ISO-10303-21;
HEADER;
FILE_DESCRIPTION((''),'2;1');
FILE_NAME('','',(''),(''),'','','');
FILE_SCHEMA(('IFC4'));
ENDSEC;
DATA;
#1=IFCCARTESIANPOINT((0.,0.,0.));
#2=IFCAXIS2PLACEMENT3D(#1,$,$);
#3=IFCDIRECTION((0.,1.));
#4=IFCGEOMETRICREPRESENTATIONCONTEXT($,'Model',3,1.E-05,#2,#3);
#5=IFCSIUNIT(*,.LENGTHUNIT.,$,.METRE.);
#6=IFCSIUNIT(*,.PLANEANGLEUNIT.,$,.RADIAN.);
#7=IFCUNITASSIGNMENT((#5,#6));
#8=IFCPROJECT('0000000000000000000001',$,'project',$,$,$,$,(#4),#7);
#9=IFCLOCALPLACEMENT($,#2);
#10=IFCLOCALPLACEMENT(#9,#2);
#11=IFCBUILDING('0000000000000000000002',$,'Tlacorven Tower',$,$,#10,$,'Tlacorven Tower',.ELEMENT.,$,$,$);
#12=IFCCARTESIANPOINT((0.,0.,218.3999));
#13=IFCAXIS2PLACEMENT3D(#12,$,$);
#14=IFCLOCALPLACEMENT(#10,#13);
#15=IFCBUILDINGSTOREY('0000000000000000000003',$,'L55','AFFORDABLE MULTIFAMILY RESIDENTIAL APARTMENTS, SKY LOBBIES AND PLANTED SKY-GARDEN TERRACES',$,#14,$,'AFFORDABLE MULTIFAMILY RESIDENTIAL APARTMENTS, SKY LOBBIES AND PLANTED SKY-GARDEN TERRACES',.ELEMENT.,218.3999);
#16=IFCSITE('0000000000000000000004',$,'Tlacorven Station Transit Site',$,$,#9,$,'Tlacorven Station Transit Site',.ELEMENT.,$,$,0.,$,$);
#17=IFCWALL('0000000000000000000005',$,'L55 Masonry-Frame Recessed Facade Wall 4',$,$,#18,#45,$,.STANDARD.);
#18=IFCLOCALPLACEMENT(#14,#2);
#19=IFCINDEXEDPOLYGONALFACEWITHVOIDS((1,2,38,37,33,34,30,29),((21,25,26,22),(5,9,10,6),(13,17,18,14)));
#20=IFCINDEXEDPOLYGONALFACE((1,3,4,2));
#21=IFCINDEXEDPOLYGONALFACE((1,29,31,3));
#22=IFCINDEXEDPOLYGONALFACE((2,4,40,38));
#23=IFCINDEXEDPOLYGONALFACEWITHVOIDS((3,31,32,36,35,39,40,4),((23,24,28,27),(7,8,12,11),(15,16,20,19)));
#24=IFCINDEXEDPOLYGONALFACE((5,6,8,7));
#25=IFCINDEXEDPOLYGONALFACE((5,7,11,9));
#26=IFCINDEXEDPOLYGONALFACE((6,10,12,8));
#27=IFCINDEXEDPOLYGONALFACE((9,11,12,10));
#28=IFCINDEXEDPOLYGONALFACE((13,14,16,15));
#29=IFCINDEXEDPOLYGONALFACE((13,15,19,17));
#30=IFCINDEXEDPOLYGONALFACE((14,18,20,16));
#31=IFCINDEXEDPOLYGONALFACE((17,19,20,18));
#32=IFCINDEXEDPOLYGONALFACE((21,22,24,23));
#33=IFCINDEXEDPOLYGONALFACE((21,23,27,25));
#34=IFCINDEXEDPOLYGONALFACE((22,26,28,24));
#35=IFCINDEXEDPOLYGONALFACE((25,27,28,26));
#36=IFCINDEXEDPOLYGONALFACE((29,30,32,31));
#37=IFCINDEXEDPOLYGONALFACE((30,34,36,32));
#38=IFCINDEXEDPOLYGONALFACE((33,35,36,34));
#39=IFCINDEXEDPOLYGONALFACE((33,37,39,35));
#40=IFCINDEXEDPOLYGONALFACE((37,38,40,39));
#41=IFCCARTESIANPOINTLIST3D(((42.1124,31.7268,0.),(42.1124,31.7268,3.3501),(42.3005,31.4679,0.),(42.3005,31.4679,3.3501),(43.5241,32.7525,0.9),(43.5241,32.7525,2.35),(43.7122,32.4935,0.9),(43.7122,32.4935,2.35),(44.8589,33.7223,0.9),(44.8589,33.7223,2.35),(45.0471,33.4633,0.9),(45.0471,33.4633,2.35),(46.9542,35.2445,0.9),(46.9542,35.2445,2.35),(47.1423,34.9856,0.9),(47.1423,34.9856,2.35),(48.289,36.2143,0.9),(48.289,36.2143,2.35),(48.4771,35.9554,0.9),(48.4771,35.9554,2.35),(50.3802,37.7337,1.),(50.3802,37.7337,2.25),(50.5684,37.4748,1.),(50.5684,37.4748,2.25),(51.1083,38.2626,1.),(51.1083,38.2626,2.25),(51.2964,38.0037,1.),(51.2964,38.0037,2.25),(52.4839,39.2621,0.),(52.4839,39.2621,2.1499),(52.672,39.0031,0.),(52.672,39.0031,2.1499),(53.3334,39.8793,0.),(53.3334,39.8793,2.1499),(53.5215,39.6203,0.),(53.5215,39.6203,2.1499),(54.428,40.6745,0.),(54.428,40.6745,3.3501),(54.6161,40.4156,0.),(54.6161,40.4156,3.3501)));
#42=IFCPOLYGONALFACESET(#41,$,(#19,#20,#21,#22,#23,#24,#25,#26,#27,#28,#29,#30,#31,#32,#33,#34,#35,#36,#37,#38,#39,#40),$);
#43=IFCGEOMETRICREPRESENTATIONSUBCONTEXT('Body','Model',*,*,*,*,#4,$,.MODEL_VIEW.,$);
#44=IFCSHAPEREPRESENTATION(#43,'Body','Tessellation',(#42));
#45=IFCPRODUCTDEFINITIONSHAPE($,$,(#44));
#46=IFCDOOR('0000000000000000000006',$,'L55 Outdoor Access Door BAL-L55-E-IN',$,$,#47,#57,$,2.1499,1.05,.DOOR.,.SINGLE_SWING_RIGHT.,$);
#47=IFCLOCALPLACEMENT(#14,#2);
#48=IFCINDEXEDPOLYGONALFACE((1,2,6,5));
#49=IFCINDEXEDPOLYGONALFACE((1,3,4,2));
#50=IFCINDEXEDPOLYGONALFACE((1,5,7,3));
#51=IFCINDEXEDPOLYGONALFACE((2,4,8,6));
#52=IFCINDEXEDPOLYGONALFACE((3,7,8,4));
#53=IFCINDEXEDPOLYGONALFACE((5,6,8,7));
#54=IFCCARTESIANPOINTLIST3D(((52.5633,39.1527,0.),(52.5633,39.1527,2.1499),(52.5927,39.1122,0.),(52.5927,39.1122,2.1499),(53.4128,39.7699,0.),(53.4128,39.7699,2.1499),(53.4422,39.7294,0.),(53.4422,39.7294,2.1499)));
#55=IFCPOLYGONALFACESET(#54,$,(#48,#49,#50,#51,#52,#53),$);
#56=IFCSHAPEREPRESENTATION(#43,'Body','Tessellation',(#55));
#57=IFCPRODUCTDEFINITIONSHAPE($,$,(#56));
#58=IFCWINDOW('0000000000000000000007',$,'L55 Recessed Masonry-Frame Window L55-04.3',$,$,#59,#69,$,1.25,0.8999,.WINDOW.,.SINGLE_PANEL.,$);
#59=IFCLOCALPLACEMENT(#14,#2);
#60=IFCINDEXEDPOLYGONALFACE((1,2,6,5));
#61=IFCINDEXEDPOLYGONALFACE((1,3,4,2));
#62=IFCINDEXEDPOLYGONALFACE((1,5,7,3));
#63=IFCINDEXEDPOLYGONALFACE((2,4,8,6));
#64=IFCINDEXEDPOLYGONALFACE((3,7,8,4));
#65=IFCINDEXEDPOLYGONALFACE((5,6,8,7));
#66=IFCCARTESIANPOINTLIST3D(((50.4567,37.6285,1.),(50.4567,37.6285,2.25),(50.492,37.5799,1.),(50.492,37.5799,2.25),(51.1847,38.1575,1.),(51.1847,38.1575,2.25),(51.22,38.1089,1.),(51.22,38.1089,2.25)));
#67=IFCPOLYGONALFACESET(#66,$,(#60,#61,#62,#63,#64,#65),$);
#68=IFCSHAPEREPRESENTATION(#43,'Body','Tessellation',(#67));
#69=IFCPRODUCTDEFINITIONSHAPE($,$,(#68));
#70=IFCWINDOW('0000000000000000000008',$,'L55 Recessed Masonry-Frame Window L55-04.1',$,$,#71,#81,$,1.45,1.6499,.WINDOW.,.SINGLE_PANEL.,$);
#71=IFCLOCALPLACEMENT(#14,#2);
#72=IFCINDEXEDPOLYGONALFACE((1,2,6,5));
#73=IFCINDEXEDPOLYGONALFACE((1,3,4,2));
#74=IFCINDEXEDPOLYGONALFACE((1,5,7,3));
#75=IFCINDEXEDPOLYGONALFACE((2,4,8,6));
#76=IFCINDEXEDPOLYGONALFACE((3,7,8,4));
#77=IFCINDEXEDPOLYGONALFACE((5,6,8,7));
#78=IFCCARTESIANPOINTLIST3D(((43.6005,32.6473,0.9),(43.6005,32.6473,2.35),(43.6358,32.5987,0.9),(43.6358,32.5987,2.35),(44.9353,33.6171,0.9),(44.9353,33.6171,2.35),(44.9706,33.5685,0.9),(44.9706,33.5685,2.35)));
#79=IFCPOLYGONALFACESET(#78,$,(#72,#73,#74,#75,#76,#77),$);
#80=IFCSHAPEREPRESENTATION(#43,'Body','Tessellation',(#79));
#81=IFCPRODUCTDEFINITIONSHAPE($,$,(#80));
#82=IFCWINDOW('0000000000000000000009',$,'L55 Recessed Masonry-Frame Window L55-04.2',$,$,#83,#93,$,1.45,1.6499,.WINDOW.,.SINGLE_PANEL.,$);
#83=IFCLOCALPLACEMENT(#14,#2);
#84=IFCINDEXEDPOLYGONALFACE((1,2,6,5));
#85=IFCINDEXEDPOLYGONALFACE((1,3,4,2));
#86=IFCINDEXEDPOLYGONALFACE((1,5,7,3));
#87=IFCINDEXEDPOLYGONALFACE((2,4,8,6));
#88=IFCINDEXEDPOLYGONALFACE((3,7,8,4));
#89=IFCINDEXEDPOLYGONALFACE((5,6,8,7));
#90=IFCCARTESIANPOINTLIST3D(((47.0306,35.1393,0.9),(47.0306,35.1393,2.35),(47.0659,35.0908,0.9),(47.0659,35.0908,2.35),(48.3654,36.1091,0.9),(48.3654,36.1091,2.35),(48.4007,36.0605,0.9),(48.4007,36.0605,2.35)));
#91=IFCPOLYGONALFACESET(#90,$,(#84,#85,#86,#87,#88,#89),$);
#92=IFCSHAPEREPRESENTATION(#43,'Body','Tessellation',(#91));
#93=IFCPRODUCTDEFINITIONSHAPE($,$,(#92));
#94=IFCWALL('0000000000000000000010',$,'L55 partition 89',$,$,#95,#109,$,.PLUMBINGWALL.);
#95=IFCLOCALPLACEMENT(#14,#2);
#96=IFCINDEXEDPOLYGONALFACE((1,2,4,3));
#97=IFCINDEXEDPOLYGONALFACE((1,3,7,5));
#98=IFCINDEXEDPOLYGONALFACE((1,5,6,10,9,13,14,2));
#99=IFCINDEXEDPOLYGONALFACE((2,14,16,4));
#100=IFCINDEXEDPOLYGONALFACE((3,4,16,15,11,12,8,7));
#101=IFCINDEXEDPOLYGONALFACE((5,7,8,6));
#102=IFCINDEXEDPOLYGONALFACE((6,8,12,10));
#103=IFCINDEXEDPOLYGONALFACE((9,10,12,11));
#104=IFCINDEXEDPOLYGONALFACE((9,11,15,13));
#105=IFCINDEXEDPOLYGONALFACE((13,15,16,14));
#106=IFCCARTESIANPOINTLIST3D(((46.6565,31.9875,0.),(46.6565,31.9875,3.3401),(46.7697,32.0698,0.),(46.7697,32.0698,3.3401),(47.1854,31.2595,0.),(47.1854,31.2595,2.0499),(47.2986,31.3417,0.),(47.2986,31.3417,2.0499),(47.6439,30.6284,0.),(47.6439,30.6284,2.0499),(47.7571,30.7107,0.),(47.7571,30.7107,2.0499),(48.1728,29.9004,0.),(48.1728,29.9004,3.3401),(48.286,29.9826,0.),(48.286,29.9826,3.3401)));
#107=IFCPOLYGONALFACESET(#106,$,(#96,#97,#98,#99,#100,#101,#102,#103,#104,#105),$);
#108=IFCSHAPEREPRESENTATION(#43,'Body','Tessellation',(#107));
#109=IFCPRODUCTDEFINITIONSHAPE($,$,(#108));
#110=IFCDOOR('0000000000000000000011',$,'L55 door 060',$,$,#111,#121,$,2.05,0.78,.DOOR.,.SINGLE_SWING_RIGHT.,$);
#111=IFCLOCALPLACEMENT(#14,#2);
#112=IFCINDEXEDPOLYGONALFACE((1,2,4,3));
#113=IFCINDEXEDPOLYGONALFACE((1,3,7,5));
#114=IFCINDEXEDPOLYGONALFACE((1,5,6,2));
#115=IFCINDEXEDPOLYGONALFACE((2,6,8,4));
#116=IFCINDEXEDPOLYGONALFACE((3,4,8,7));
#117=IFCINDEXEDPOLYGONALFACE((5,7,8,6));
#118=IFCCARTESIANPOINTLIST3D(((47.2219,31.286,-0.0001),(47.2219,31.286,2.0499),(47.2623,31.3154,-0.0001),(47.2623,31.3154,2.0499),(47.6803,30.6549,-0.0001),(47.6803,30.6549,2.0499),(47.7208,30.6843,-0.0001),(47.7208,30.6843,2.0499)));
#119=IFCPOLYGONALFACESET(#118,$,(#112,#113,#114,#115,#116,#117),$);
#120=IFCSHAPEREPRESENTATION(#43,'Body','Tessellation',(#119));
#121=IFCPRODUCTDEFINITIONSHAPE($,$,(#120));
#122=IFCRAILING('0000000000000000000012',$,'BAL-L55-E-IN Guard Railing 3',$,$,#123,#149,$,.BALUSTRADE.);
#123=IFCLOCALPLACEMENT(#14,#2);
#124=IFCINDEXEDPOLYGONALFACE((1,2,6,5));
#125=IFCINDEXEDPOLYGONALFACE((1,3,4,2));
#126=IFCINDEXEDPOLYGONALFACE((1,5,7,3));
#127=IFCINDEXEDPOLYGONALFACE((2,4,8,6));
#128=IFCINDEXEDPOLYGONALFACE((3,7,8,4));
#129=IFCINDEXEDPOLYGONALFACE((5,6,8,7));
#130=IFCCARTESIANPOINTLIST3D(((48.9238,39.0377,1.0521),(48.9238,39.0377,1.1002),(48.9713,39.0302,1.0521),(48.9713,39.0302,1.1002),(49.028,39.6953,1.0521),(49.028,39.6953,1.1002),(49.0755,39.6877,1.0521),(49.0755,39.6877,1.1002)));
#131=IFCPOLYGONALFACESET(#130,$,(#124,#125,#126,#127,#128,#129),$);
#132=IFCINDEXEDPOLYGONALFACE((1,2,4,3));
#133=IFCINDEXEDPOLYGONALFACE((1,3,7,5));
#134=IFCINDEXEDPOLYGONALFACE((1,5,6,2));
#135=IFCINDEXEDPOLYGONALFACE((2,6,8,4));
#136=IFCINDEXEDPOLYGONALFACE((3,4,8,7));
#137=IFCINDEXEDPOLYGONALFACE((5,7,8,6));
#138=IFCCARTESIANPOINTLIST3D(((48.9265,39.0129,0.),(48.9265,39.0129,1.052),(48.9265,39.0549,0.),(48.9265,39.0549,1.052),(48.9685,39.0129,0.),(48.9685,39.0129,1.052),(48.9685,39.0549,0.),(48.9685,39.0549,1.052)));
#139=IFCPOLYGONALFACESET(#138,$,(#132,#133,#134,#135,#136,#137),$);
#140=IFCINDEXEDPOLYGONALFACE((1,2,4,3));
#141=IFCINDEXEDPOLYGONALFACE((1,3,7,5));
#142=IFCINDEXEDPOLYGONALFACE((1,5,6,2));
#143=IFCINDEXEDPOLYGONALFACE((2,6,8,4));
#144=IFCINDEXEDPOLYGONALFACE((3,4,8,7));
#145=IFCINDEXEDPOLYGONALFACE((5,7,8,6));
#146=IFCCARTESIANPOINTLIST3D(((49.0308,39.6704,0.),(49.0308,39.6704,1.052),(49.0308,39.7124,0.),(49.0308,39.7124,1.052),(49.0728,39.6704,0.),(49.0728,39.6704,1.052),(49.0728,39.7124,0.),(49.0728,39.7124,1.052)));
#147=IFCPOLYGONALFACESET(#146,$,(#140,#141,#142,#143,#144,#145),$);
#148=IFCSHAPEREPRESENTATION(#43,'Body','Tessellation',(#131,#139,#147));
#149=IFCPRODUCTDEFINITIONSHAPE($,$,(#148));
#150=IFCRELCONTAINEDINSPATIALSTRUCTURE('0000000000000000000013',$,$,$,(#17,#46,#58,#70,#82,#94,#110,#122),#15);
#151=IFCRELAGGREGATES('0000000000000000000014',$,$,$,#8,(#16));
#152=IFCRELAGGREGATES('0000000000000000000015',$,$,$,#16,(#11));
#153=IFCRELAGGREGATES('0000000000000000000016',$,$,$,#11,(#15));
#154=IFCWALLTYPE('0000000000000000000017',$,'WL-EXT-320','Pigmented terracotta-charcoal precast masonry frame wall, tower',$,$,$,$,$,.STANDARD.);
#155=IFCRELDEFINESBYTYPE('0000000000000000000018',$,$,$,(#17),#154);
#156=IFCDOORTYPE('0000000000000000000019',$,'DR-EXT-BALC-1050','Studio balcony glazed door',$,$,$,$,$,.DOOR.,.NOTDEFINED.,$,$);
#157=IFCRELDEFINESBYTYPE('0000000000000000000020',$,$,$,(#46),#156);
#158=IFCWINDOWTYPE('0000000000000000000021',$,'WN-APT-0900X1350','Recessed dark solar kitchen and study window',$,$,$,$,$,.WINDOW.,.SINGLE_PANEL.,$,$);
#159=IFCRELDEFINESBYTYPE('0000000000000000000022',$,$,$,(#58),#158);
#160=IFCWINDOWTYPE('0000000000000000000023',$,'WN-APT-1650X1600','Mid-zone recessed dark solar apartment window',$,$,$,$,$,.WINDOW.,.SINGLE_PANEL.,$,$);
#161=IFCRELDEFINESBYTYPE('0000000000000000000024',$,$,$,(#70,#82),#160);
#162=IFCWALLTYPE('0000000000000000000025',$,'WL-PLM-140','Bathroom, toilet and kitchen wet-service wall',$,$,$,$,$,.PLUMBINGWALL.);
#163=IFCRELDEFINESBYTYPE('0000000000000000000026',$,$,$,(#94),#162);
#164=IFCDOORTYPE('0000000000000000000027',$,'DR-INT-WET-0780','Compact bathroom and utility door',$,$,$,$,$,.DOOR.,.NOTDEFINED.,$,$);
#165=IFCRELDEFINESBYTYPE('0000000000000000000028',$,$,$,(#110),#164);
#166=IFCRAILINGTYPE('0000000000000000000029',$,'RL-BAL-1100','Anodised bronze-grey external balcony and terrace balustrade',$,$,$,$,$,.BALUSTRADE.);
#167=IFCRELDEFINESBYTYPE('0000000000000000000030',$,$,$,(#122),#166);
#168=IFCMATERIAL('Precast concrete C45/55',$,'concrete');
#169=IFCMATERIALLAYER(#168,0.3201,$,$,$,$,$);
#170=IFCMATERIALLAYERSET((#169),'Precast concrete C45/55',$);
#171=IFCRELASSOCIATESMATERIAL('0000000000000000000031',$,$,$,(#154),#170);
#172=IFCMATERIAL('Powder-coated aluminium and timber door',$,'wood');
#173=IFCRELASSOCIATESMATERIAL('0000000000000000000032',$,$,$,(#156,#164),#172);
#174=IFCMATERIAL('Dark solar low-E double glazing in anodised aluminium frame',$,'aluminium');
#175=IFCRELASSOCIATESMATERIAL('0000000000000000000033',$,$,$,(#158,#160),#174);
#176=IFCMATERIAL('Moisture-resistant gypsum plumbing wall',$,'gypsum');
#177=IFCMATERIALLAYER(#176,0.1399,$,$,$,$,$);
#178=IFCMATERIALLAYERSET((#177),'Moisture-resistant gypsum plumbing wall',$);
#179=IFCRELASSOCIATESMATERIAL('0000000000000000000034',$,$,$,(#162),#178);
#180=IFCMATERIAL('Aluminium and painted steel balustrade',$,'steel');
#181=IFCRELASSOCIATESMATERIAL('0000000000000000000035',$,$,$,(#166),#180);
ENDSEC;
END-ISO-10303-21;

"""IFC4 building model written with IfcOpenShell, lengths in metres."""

from ifc_helpers import new_model, si_unit, direction, frame, frame_2d, origin, origin_2d, place, context, subcontext, project, spatial, rectangle, extrude, source, transform, mapped, material, layer, layer_set, type_object, element, fill, save


model = new_model("IFC4")

# Units and contexts
model_context = context("Model", 3, precision=1e-05, world=origin(), true_north=direction((0.0, 1.0)))
body_context = subcontext(model_context, "Body", "Model", "MODEL_VIEW")
ifc_project = project(units=[si_unit("LENGTHUNIT", "METRE"), si_unit("PLANEANGLEUNIT", "RADIAN")], contexts=[model_context])

# Site, building, storey
site_placement = place(None, origin())
site = spatial("IfcSite", under=ifc_project, at=site_placement, Name="Tlacorven Station Transit Site", LongName="Tlacorven Station Transit Site", CompositionType="ELEMENT", RefElevation=0.0)
building_placement = place(site_placement, origin())
building = spatial("IfcBuilding", under=site, at=building_placement, Name="Tlacorven Tower", LongName="Tlacorven Tower", CompositionType="ELEMENT")
storey_placement = place(building_placement, frame((0.0, 0.0, 218.3999)))
storey = spatial("IfcBuildingStorey", under=building, at=storey_placement, Name="L55", Description="AFFORDABLE MULTIFAMILY RESIDENTIAL APARTMENTS, SKY LOBBIES AND PLANTED SKY-GARDEN TERRACES", LongName="AFFORDABLE MULTIFAMILY RESIDENTIAL APARTMENTS, SKY LOBBIES AND PLANTED SKY-GARDEN TERRACES", CompositionType="ELEMENT", Elevation=218.3999)

# Wall, openings, door, windows
ifc_material_1 = material(Name="Precast concrete C45/55", Category="concrete")
ifc_layer_1 = layer(ifc_material_1, 0.3201)
ifc_layer_set_1 = layer_set([ifc_layer_1], Name="Precast concrete C45/55")
wall_type_1 = type_object("IfcWallType", Name="WL-EXT-320", Description="Pigmented terracotta-charcoal precast masonry frame wall, tower", PredefinedType="STANDARD", material=ifc_layer_set_1)
wall_1_placement = place(storey_placement, frame((42.2065, 31.5974, 0.0), z_axis=(0.0, 0.0, 1.0), x_axis=(0.80902, 0.587781, 0.0)))
wall_1 = element("IfcWall", 1, at=wall_1_placement, inside=storey, type_object=wall_type_1, Name="L55 Masonry-Frame Recessed Facade Wall 4", PredefinedType="STANDARD", context=body_context, shape_type="SweptSolid", body=[
    extrude(rectangle(XDim=15.2229, YDim=0.3201, at=frame_2d((7.6113, 0.0))), origin(), (0.0, 0.0, 1.0), 3.3501),
])
opening_1_placement = place(wall_1_placement, frame((12.8198, 0.0, 0.0)))
opening_1 = element("IfcOpeningElement", 2, at=opening_1_placement, cuts=wall_1, PredefinedType="OPENING", context=body_context, shape_type="SweptSolid", body=[
    extrude(rectangle(XDim=1.05, YDim=2.1499, at=frame_2d((0.5249, 1.075))), frame((0.0, 0.1699, 0.0), z_axis=(0.0, -1.0, 0.0), x_axis=(1.0, 0.0, 0.0)), (0.0, 0.0, 1.0), 0.3401),
])
opening_2_placement = place(wall_1_placement, frame((1.7449, 0.0, 0.8999)))
opening_2 = element("IfcOpeningElement", 3, at=opening_2_placement, cuts=wall_1, PredefinedType="OPENING", context=body_context, shape_type="SweptSolid", body=[
    extrude(rectangle(XDim=1.6499, YDim=1.45, at=frame_2d((0.825, 0.7251))), frame((0.0, 0.1699, 0.0), z_axis=(0.0, -1.0, 0.0), x_axis=(1.0, 0.0, 0.0)), (0.0, 0.0, 1.0), 0.3401),
])
opening_3_placement = place(wall_1_placement, frame((5.9846, 0.0, 0.8999)))
opening_3 = element("IfcOpeningElement", 4, at=opening_3_placement, cuts=wall_1, PredefinedType="OPENING", context=body_context, shape_type="SweptSolid", body=[
    extrude(rectangle(XDim=1.6499, YDim=1.45, at=frame_2d((0.825, 0.7251))), frame((0.0, 0.1699, 0.0), z_axis=(0.0, -1.0, 0.0), x_axis=(1.0, 0.0, 0.0)), (0.0, 0.0, 1.0), 0.3401),
])
opening_4_placement = place(wall_1_placement, frame((10.2195, 0.0, 1.0)))
opening_4 = element("IfcOpeningElement", 5, at=opening_4_placement, cuts=wall_1, PredefinedType="OPENING", context=body_context, shape_type="SweptSolid", body=[
    extrude(rectangle(XDim=0.8999, YDim=1.25, at=frame_2d((0.45, 0.625))), frame((0.0, 0.1699, 0.0), z_axis=(0.0, -1.0, 0.0), x_axis=(1.0, 0.0, 0.0)), (0.0, 0.0, 1.0), 0.3401),
])
ifc_material_2 = material(Name="Powder-coated aluminium and timber door", Category="wood")
door_type_1 = type_object("IfcDoorType", Name="DR-EXT-BALC-1050", Description="Studio balcony glazed door", OperationType="NOTDEFINED", PredefinedType="DOOR", material=ifc_material_2)
shared_shape_1 = source(origin(), body_context, "Body", "SweptSolid", [
    extrude(rectangle(XDim=1.05, YDim=2.1499, at=frame_2d((0.5249, 1.075))), frame((0.0, 0.0249, 0.0), z_axis=(0.0, -1.0, 0.0), x_axis=(1.0, 0.0, 0.0)), (0.0, 0.0, 1.0), 0.05),
])
door_1_placement = place(opening_1_placement, origin())
door_1 = element("IfcDoor", 6, at=door_1_placement, inside=storey, type_object=door_type_1, Name="L55 Outdoor Access Door BAL-L55-E-IN", OperationType="SINGLE_SWING_RIGHT", OverallHeight=2.1499, OverallWidth=1.05, PredefinedType="DOOR", context=body_context, shape_type="MappedRepresentation", body=[
    mapped(shared_shape_1, transform((0.0, 0.0, 0.0), scale=1.0)),
])
fill(opening_1, door_1)
ifc_material_3 = material(Name="Dark solar low-E double glazing in anodised aluminium frame", Category="aluminium")
window_type_1 = type_object("IfcWindowType", Name="WN-APT-0900X1350", Description="Recessed dark solar kitchen and study window", PartitioningType="SINGLE_PANEL", PredefinedType="WINDOW", material=ifc_material_3)
shared_shape_2 = source(origin(), body_context, "Body", "SweptSolid", [
    extrude(rectangle(XDim=0.8999, YDim=1.25, at=frame_2d((0.45, 0.625))), frame((0.0, 0.03, 0.0), z_axis=(0.0, -1.0, 0.0), x_axis=(1.0, 0.0, 0.0)), (0.0, 0.0, 1.0), 0.0601),
])
window_1_placement = place(opening_4_placement, origin())
window_1 = element("IfcWindow", 7, at=window_1_placement, inside=storey, type_object=window_type_1, Name="L55 Recessed Masonry-Frame Window L55-04.3", OverallHeight=1.25, OverallWidth=0.8999, PartitioningType="SINGLE_PANEL", PredefinedType="WINDOW", context=body_context, shape_type="MappedRepresentation", body=[
    mapped(shared_shape_2, transform((0.0, 0.0, 0.0), scale=1.0)),
])
fill(opening_4, window_1)
window_type_2 = type_object("IfcWindowType", Name="WN-APT-1650X1600", Description="Mid-zone recessed dark solar apartment window", PartitioningType="SINGLE_PANEL", PredefinedType="WINDOW", material=ifc_material_3)
shared_shape_3 = source(origin(), body_context, "Body", "SweptSolid", [
    extrude(rectangle(XDim=1.6499, YDim=1.45, at=frame_2d((0.825, 0.7251))), frame((0.0, 0.03, 0.0), z_axis=(0.0, -1.0, 0.0), x_axis=(1.0, 0.0, 0.0)), (0.0, 0.0, 1.0), 0.0601),
])
window_2_placement = place(opening_2_placement, origin())
window_2 = element("IfcWindow", 8, at=window_2_placement, inside=storey, type_object=window_type_2, Name="L55 Recessed Masonry-Frame Window L55-04.1", OverallHeight=1.45, OverallWidth=1.6499, PartitioningType="SINGLE_PANEL", PredefinedType="WINDOW", context=body_context, shape_type="MappedRepresentation", body=[
    mapped(shared_shape_3, transform((0.0, 0.0, 0.0), scale=1.0)),
])
fill(opening_2, window_2)
window_3_placement = place(opening_3_placement, origin())
window_3 = element("IfcWindow", 9, at=window_3_placement, inside=storey, type_object=window_type_2, Name="L55 Recessed Masonry-Frame Window L55-04.2", OverallHeight=1.45, OverallWidth=1.6499, PartitioningType="SINGLE_PANEL", PredefinedType="WINDOW", context=body_context, shape_type="MappedRepresentation", body=[
    mapped(shared_shape_3, transform((0.0, 0.0, 0.0), scale=1.0)),
])
fill(opening_3, window_3)

# Wall, opening, door
ifc_material_4 = material(Name="Moisture-resistant gypsum plumbing wall", Category="gypsum")
ifc_layer_2 = layer(ifc_material_4, 0.1399)
ifc_layer_set_2 = layer_set([ifc_layer_2], Name="Moisture-resistant gypsum plumbing wall")
wall_type_2 = type_object("IfcWallType", Name="WL-PLM-140", Description="Bathroom, toilet and kitchen wet-service wall", PredefinedType="PLUMBINGWALL", material=ifc_layer_set_2)
wall_2_placement = place(storey_placement, frame((48.2295, 29.9414, 0.0), z_axis=(0.0, 0.0, 1.0), x_axis=(-0.587772, 0.809027, 0.0)))
wall_2 = element("IfcWall", 10, at=wall_2_placement, inside=storey, type_object=wall_type_2, Name="L55 partition 89", PredefinedType="PLUMBINGWALL", context=body_context, shape_type="SweptSolid", body=[
    extrude(rectangle(XDim=2.5798, YDim=0.1399, at=frame_2d((1.29, 0.0))), origin(), (0.0, 0.0, 1.0), 3.3401),
])
opening_5_placement = place(wall_2_placement, frame((0.8999, 0.0, 0.0)))
opening_5 = element("IfcOpeningElement", 11, at=opening_5_placement, cuts=wall_2, PredefinedType="OPENING", context=body_context, shape_type="SweptSolid", body=[
    extrude(rectangle(XDim=0.78, YDim=2.05, at=frame_2d((0.3901, 1.0249))), frame((0.0, 0.0801, 0.0), z_axis=(0.0, -1.0, 0.0), x_axis=(1.0, 0.0, 0.0)), (0.0, 0.0, 1.0), 0.1599),
])
door_type_2 = type_object("IfcDoorType", Name="DR-INT-WET-0780", Description="Compact bathroom and utility door", OperationType="NOTDEFINED", PredefinedType="DOOR", material=ifc_material_2)
shared_shape_4 = source(origin(), body_context, "Body", "SweptSolid", [
    extrude(rectangle(XDim=0.78, YDim=2.05, at=frame_2d((0.3901, 1.0249))), frame((0.0, 0.0249, 0.0), z_axis=(0.0, -1.0, 0.0), x_axis=(1.0, 0.0, 0.0)), (0.0, 0.0, 1.0), 0.05),
])
door_2_placement = place(opening_5_placement, origin())
door_2 = element("IfcDoor", 12, at=door_2_placement, inside=storey, type_object=door_type_2, Name="L55 door 060", OperationType="SINGLE_SWING_RIGHT", OverallHeight=2.05, OverallWidth=0.78, PredefinedType="DOOR", context=body_context, shape_type="MappedRepresentation", body=[
    mapped(shared_shape_4, transform((0.0, 0.0, 0.0), scale=1.0)),
])
fill(opening_5, door_2)

# Railing
ifc_material_5 = material(Name="Aluminium and painted steel balustrade", Category="steel")
railing_type = type_object("IfcRailingType", Name="RL-BAL-1100", Description="Anodised bronze-grey external balcony and terrace balustrade", PredefinedType="BALUSTRADE", material=ifc_material_5)
shared_shape_5 = source(origin(), body_context, "Body", "SweptSolid", [
    extrude(rectangle(XDim=0.0481, YDim=0.0481, at=origin_2d()), frame((0.0, 0.0, 1.0762), z_axis=(0.156603, 0.987662, 0.0), x_axis=(-0.987662, 0.156603, 0.0)), (0.0, 0.0, 1.0), 0.6658),
    extrude(rectangle(XDim=0.042, YDim=0.042, at=origin_2d()), origin(), (0.0, 0.0, 1.0), 1.052),
    extrude(rectangle(XDim=0.042, YDim=0.042, at=origin_2d()), frame((0.1042, 0.6575, 0.0)), (0.0, 0.0, 1.0), 1.052),
])
railing_1_placement = place(storey_placement, frame((48.9475, 39.0339, 0.0)))
element("IfcRailing", 13, at=railing_1_placement, inside=storey, type_object=railing_type, Name="BAL-L55-E-IN Guard Railing 3", PredefinedType="BALUSTRADE", context=body_context, shape_type="MappedRepresentation", body=[
    mapped(shared_shape_5, transform((0.0, 0.0, 0.0), scale=1.0)),
])

save(model, "model.ifc")
